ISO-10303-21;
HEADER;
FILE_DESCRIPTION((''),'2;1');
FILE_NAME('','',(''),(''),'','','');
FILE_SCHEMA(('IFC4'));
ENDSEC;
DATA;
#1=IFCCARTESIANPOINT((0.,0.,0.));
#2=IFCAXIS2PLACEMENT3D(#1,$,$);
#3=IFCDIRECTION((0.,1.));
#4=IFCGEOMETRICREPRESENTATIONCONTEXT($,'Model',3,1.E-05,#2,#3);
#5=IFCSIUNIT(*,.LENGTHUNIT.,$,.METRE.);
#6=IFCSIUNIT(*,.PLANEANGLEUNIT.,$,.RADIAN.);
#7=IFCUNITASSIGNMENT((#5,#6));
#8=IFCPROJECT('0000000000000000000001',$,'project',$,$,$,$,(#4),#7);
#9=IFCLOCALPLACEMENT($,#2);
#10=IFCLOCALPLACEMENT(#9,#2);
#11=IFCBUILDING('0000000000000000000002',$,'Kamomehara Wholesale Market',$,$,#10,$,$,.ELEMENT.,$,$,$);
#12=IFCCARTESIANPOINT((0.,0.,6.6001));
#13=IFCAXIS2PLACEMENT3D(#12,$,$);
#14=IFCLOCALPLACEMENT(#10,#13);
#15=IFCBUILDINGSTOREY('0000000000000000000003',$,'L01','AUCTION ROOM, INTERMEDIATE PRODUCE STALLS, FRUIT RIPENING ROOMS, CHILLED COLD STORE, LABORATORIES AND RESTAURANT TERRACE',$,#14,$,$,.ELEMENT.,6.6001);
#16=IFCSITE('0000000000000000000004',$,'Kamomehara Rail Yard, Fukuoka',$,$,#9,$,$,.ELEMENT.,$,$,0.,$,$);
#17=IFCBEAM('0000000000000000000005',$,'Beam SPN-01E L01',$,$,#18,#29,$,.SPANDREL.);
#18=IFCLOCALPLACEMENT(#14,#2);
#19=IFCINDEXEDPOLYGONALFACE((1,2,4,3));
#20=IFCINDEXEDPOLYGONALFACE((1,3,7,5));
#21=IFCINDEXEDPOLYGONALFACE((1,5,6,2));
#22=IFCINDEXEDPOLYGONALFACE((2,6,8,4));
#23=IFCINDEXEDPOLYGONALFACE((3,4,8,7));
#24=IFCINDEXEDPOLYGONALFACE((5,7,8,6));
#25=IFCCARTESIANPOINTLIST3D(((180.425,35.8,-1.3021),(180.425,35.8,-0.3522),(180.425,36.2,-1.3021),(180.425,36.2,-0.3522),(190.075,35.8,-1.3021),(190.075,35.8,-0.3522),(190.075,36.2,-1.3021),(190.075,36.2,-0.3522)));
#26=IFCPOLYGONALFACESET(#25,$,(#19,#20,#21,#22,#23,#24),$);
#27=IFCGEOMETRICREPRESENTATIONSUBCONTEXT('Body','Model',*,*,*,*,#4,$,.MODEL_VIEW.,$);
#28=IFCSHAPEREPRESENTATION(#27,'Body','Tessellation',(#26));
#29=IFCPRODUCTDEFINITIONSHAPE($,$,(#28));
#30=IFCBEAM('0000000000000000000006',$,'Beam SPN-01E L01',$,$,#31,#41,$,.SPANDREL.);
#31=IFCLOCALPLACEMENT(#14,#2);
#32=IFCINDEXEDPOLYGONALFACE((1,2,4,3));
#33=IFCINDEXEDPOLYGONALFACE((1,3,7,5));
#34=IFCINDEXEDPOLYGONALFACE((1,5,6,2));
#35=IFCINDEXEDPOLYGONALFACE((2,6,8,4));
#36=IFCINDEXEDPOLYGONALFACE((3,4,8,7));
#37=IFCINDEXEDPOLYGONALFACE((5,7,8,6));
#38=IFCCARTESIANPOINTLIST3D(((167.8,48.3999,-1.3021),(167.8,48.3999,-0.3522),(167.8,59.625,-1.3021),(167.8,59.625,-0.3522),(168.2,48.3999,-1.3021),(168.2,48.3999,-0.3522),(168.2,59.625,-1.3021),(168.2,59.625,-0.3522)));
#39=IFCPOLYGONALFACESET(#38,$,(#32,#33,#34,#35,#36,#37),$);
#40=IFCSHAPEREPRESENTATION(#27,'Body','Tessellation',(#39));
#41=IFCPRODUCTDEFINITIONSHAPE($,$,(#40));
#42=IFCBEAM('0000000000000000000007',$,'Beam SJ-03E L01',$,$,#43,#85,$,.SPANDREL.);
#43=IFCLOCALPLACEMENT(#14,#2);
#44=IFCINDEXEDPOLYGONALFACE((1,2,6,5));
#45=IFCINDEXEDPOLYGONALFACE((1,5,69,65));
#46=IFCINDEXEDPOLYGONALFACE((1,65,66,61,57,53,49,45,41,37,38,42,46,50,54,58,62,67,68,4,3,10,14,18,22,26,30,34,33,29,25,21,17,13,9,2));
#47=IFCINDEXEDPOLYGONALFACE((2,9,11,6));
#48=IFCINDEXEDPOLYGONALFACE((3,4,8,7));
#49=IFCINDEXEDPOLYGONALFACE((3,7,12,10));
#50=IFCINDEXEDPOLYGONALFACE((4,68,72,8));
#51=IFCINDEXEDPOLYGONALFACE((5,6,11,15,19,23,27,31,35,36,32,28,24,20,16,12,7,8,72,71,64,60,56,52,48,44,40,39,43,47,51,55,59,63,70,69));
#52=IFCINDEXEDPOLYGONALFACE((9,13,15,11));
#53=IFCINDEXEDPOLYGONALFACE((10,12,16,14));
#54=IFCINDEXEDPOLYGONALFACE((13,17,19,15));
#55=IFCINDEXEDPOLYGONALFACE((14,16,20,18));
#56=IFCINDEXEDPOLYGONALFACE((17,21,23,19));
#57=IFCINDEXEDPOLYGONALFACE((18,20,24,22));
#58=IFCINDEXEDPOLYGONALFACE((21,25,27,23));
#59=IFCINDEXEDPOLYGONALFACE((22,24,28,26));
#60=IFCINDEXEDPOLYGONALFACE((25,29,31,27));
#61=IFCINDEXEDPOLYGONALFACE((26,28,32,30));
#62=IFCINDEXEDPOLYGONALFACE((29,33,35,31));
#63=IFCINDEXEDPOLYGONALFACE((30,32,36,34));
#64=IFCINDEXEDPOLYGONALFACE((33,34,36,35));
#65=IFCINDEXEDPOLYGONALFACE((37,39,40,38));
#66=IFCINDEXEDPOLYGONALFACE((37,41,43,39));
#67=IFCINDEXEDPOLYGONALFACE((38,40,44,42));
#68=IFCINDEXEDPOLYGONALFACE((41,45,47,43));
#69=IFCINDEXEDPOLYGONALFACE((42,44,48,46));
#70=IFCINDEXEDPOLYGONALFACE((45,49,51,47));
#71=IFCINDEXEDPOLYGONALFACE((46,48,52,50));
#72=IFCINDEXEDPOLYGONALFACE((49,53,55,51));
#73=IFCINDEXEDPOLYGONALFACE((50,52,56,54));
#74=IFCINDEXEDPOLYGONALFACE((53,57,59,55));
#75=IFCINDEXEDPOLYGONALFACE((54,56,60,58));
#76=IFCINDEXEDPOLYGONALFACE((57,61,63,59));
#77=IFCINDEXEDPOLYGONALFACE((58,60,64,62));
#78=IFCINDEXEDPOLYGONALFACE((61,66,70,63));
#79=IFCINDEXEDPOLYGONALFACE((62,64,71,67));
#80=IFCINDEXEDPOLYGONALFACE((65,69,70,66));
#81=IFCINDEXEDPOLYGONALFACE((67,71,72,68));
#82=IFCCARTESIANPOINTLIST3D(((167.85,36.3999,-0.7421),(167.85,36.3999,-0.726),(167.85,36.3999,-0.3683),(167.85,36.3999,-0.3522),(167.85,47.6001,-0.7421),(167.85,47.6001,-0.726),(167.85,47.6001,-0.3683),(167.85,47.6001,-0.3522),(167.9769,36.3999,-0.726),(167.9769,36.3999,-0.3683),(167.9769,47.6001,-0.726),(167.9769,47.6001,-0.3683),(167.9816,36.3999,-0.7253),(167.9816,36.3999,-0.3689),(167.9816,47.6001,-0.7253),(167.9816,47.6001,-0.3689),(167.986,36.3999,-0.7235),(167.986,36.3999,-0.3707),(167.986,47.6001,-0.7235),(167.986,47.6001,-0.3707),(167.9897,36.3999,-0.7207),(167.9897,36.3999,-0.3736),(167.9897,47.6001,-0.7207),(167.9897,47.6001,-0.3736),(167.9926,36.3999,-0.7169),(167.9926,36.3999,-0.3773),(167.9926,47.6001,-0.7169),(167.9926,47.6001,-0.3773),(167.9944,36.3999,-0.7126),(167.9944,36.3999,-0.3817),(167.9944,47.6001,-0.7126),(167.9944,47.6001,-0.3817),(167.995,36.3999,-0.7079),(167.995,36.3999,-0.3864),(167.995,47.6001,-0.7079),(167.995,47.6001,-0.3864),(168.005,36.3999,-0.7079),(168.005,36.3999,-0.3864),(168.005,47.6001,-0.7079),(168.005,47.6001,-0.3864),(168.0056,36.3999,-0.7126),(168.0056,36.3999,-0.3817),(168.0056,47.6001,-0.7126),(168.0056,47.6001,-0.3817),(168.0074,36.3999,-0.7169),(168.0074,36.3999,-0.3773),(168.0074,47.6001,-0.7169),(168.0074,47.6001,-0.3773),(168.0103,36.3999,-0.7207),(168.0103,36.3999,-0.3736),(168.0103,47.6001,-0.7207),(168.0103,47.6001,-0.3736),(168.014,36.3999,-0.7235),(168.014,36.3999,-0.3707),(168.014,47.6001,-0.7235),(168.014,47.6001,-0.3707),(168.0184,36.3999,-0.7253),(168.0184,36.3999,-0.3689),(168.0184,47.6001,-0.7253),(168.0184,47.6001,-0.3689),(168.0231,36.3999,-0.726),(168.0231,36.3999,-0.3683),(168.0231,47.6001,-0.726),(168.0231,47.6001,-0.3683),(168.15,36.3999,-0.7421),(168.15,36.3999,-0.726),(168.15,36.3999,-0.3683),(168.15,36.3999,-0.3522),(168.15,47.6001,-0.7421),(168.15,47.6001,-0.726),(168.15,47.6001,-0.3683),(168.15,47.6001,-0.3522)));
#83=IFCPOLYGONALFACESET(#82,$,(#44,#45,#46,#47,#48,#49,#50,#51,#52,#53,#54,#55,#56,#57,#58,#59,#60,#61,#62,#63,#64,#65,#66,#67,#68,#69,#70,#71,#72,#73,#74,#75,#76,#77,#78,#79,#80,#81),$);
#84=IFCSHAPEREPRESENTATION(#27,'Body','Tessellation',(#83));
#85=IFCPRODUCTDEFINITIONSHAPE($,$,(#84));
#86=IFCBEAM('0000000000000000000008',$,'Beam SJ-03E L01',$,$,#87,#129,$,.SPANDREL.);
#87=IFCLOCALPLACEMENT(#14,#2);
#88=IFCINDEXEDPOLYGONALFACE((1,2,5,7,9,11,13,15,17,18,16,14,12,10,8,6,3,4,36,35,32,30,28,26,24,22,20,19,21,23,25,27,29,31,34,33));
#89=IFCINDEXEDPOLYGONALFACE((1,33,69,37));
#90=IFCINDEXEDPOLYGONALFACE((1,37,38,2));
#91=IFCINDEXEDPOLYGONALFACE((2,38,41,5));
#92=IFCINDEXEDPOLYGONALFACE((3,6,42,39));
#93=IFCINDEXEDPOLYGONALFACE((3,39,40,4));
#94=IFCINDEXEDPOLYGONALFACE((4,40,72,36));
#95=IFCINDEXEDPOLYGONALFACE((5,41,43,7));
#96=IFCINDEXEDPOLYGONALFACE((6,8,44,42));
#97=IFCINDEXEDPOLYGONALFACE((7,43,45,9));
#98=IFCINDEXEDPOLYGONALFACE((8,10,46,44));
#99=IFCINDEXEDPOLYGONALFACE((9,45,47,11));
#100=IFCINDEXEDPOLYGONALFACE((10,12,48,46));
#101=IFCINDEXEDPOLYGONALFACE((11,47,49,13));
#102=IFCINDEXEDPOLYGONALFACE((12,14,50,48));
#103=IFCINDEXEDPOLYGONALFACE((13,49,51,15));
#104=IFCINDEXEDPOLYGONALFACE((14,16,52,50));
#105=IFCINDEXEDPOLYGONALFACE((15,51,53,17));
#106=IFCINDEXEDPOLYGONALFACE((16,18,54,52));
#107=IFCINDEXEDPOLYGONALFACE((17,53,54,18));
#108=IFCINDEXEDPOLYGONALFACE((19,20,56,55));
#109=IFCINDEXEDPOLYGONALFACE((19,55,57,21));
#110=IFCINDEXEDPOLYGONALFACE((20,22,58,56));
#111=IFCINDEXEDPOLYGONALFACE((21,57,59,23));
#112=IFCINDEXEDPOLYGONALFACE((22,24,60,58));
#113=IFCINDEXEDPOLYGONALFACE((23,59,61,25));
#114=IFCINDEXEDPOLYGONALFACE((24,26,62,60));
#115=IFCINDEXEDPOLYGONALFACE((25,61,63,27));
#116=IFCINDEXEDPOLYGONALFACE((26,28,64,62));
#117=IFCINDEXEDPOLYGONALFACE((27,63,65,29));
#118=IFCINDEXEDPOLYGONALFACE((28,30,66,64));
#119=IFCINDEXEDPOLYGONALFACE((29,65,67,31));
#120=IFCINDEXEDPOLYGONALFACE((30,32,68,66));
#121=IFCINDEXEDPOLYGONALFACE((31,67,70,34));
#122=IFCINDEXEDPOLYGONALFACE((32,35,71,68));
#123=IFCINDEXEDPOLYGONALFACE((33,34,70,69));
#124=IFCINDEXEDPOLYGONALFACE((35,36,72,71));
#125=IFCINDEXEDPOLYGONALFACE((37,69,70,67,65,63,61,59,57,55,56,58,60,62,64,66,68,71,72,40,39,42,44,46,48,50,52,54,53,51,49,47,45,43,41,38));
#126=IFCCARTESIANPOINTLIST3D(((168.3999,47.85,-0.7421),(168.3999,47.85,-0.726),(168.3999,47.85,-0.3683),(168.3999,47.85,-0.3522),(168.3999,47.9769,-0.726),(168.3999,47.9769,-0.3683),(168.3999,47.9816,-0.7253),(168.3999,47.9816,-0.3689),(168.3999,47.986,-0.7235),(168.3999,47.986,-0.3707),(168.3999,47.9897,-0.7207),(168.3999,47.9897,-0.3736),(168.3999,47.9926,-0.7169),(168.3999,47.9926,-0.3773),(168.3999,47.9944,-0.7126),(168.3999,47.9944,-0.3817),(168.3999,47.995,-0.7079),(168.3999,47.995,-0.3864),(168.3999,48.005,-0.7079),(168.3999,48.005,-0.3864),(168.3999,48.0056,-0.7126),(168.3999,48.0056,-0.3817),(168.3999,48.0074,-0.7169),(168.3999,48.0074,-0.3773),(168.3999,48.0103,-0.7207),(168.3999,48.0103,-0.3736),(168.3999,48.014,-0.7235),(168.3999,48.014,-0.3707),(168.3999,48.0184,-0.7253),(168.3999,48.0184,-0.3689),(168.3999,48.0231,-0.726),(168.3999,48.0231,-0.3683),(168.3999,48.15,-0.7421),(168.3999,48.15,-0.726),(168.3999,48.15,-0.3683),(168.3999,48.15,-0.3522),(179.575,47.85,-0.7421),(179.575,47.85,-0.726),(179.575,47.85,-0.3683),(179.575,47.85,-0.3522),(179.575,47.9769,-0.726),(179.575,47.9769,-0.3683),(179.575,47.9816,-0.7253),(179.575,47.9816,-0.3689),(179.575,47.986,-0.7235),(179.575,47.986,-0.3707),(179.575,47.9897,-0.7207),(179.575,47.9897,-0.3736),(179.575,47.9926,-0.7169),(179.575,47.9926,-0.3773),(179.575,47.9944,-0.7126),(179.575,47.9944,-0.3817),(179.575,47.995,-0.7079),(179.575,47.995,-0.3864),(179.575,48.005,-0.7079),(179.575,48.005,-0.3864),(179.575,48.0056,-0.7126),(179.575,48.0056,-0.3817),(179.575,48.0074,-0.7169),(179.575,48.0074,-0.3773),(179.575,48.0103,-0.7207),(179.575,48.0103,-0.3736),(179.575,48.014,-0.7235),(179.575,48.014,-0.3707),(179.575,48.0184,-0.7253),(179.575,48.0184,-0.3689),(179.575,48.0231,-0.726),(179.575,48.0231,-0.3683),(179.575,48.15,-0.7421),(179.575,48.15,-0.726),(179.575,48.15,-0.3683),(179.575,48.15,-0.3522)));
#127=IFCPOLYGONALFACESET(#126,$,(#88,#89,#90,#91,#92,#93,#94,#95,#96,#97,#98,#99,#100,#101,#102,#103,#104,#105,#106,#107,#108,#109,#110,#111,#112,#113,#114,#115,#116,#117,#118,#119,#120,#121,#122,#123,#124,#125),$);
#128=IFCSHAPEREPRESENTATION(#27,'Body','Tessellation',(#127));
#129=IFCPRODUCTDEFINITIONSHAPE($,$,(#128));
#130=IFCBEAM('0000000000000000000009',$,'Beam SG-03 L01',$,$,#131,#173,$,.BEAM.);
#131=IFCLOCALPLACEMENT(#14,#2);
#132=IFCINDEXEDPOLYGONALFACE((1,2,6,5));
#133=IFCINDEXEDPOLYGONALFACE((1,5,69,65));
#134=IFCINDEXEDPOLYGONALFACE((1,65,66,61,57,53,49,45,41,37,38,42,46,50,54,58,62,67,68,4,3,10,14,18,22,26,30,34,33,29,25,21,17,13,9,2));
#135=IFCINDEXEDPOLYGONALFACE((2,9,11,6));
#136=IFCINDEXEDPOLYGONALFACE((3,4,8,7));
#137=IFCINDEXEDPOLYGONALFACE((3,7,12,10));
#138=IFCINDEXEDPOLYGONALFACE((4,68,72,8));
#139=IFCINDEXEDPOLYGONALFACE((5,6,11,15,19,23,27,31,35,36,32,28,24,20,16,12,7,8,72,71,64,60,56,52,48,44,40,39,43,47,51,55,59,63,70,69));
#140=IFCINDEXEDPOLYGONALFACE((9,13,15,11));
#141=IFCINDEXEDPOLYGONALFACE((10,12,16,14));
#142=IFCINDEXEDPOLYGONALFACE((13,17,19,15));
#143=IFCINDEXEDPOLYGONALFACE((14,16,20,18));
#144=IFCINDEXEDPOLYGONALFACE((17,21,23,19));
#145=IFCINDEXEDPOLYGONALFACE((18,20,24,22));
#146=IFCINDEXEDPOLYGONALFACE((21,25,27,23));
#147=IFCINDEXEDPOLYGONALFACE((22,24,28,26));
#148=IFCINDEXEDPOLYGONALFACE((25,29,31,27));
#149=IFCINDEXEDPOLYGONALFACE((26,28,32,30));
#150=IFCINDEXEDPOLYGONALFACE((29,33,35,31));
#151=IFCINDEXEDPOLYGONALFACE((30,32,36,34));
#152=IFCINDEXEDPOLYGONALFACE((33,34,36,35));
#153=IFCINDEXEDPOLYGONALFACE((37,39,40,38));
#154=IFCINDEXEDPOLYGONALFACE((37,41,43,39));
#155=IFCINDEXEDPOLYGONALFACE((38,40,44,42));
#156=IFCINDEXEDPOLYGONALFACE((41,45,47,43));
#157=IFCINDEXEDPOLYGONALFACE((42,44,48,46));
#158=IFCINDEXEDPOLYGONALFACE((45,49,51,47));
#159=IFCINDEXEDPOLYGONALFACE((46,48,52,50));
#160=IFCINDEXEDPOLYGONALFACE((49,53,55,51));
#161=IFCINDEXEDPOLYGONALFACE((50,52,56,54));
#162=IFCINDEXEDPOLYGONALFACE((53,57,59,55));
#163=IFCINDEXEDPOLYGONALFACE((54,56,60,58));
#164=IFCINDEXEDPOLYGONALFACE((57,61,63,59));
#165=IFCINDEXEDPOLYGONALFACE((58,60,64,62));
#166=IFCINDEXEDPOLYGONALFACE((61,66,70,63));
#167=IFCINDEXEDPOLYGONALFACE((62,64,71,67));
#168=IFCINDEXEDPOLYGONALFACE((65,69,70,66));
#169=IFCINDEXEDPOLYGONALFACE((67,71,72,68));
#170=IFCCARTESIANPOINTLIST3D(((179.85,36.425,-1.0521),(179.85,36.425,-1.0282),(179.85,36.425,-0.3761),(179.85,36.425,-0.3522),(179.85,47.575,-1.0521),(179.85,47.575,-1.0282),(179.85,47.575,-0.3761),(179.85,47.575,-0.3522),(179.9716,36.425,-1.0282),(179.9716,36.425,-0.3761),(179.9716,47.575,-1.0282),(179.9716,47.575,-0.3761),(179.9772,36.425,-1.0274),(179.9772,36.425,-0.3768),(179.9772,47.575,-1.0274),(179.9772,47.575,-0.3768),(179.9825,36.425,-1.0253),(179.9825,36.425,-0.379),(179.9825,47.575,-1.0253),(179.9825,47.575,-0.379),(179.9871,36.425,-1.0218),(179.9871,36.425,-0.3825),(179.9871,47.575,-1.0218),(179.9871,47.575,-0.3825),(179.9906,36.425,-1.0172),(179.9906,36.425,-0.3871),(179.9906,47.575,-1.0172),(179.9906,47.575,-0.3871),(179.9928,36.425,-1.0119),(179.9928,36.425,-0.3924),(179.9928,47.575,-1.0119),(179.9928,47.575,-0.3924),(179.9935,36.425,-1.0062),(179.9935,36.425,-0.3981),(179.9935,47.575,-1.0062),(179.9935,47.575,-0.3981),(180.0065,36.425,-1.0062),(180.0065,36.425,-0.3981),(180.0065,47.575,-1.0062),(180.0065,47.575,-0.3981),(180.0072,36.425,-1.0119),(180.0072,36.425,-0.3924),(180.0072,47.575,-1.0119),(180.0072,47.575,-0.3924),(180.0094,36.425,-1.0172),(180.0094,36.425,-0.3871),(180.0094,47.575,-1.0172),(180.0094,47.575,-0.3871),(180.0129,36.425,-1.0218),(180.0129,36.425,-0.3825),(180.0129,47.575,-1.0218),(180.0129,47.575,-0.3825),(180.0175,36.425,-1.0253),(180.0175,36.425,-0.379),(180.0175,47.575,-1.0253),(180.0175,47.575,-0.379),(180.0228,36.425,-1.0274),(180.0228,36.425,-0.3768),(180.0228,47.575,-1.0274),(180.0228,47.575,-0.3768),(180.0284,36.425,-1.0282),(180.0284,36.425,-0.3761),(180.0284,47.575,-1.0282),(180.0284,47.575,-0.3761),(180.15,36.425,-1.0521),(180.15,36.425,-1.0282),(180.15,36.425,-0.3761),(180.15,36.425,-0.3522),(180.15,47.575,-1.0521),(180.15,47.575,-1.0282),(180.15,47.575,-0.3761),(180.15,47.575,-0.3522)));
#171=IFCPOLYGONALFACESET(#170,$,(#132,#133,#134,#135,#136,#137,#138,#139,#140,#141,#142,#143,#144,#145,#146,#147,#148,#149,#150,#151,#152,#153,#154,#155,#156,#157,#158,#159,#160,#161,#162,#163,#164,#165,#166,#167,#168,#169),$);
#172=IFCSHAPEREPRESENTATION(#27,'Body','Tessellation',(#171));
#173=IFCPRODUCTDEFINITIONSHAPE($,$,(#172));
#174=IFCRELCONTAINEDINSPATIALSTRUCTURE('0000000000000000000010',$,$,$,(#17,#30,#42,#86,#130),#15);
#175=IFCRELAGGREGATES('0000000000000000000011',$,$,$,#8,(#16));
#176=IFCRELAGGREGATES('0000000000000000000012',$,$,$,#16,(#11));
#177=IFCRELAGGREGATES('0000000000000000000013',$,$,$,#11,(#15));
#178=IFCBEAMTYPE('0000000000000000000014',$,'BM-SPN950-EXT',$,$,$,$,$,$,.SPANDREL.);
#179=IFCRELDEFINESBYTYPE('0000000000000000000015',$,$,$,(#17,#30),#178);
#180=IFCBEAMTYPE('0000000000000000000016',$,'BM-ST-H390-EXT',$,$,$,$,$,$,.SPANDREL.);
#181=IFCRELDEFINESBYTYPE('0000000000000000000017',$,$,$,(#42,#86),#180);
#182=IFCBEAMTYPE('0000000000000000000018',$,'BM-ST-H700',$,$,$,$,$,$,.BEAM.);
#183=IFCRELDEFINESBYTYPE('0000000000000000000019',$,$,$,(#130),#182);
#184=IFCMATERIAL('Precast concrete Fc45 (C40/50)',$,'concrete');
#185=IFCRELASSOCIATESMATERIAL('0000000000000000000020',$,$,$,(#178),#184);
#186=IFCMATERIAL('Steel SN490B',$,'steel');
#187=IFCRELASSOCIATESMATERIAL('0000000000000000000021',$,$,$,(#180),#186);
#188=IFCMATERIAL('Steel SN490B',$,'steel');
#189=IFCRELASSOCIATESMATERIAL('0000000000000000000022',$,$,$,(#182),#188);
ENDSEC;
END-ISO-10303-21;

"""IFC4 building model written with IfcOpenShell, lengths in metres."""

from ifc_helpers import new_model, si_unit, direction, frame, origin, origin_2d, place, context, subcontext, project, spatial, rectangle, i_section, extrude, material, material_profile, profile_set, type_object, element, save


model = new_model("IFC4")

# Units and contexts
model_context = context("Model", 3, precision=1e-05, world=origin(), true_north=direction((0.0, 1.0)))
body_context = subcontext(model_context, "Body", "Model", "MODEL_VIEW")
ifc_project = project(units=[si_unit("LENGTHUNIT", "METRE"), si_unit("PLANEANGLEUNIT", "RADIAN")], contexts=[model_context])

# Site, building, storey
site_placement = place(None, origin())
site = spatial("IfcSite", under=ifc_project, at=site_placement, Name="Kamomehara Rail Yard, Fukuoka", CompositionType="ELEMENT", RefElevation=0.0)
building_placement = place(site_placement, origin())
building = spatial("IfcBuilding", under=site, at=building_placement, Name="Kamomehara Wholesale Market", CompositionType="ELEMENT")
storey_placement = place(building_placement, frame((0.0, 0.0, 6.6001)))
storey = spatial("IfcBuildingStorey", under=building, at=storey_placement, Name="L01", Description="AUCTION ROOM, INTERMEDIATE PRODUCE STALLS, FRUIT RIPENING ROOMS, CHILLED COLD STORE, LABORATORIES AND RESTAURANT TERRACE", CompositionType="ELEMENT", Elevation=6.6001)

# Beams
ifc_material_1 = material(Name="Precast concrete Fc45 (C40/50)", Category="concrete")
ifc_material_profile_1 = material_profile(ifc_material_1, rectangle(XDim=0.3999, YDim=0.95, at=origin_2d()), Name="PC-SPN-400x950")
ifc_profile_set_1 = profile_set([ifc_material_profile_1], Name="Precast concrete Fc45 (C40/50)")
beam_type_1 = type_object("IfcBeamType", Name="BM-SPN950-EXT", PredefinedType="SPANDREL", material=ifc_profile_set_1)
beam_1_placement = place(storey_placement, frame((180.425, 36.0, -0.8271), z_axis=(1.0, 0.0, 0.0), x_axis=(0.0, 1.0, 0.0)))
element("IfcBeam", 1, at=beam_1_placement, inside=storey, type_object=beam_type_1, Name="Beam SPN-01E L01", PredefinedType="SPANDREL", context=body_context, shape_type="SweptSolid", body=[
    extrude(rectangle(XDim=0.3999, YDim=0.95, at=origin_2d()), origin(), (0.0, 0.0, 1.0), 9.6499),
])
beam_2_placement = place(storey_placement, frame((168.0, 48.3999, -0.8271), z_axis=(0.0, 1.0, 0.0), x_axis=(-1.0, 0.0, 0.0)))
element("IfcBeam", 2, at=beam_2_placement, inside=storey, type_object=beam_type_1, Name="Beam SPN-01E L01", PredefinedType="SPANDREL", context=body_context, shape_type="SweptSolid", body=[
    extrude(rectangle(XDim=0.3999, YDim=0.95, at=origin_2d()), origin(), (0.0, 0.0, 1.0), 11.2251),
])
ifc_material_2 = material(Name="Steel SN490B", Category="steel")
ifc_material_profile_2 = material_profile(ifc_material_2, i_section(OverallWidth=0.3, OverallDepth=0.3899, WebThickness=0.01, FlangeThickness=0.0161, FilletRadius=0.0181, at=origin_2d()), Name="H-390x300x10x16")
ifc_profile_set_2 = profile_set([ifc_material_profile_2], Name="Steel SN490B")
beam_type_2 = type_object("IfcBeamType", Name="BM-ST-H390-EXT", PredefinedType="SPANDREL", material=ifc_profile_set_2)
beam_3_placement = place(storey_placement, frame((168.0, 36.3999, -0.5471), z_axis=(0.0, 1.0, 0.0), x_axis=(-1.0, 0.0, 0.0)))
element("IfcBeam", 3, at=beam_3_placement, inside=storey, type_object=beam_type_2, Name="Beam SJ-03E L01", PredefinedType="SPANDREL", context=body_context, shape_type="SweptSolid", body=[
    extrude(i_section(OverallWidth=0.3, OverallDepth=0.3899, WebThickness=0.01, FlangeThickness=0.0161, FilletRadius=0.0181, at=origin_2d()), origin(), (0.0, 0.0, 1.0), 11.2002),
])
beam_4_placement = place(storey_placement, frame((168.3999, 48.0, -0.5471), z_axis=(1.0, 0.0, 0.0), x_axis=(0.0, 1.0, 0.0)))
element("IfcBeam", 4, at=beam_4_placement, inside=storey, type_object=beam_type_2, Name="Beam SJ-03E L01", PredefinedType="SPANDREL", context=body_context, shape_type="SweptSolid", body=[
    extrude(i_section(OverallWidth=0.3, OverallDepth=0.3899, WebThickness=0.01, FlangeThickness=0.0161, FilletRadius=0.0181, at=origin_2d()), origin(), (0.0, 0.0, 1.0), 11.175),
])
ifc_material_3 = material(Name="Steel SN490B", Category="steel")
ifc_material_profile_3 = material_profile(ifc_material_3, i_section(OverallWidth=0.3, OverallDepth=0.7, WebThickness=0.0129, FlangeThickness=0.0239, FilletRadius=0.022, at=origin_2d()), Name="H-700x300x13x24")
ifc_profile_set_3 = profile_set([ifc_material_profile_3], Name="Steel SN490B")
beam_type_3 = type_object("IfcBeamType", Name="BM-ST-H700", PredefinedType="BEAM", material=ifc_profile_set_3)
beam_5_placement = place(storey_placement, frame((180.0, 36.425, -0.7021), z_axis=(0.0, 1.0, 0.0), x_axis=(-1.0, 0.0, 0.0)))
element("IfcBeam", 5, at=beam_5_placement, inside=storey, type_object=beam_type_3, Name="Beam SG-03 L01", PredefinedType="BEAM", context=body_context, shape_type="SweptSolid", body=[
    extrude(i_section(OverallWidth=0.3, OverallDepth=0.7, WebThickness=0.0129, FlangeThickness=0.0239, FilletRadius=0.022, at=origin_2d()), origin(), (0.0, 0.0, 1.0), 11.1499),
])

save(model, "model.ifc")
